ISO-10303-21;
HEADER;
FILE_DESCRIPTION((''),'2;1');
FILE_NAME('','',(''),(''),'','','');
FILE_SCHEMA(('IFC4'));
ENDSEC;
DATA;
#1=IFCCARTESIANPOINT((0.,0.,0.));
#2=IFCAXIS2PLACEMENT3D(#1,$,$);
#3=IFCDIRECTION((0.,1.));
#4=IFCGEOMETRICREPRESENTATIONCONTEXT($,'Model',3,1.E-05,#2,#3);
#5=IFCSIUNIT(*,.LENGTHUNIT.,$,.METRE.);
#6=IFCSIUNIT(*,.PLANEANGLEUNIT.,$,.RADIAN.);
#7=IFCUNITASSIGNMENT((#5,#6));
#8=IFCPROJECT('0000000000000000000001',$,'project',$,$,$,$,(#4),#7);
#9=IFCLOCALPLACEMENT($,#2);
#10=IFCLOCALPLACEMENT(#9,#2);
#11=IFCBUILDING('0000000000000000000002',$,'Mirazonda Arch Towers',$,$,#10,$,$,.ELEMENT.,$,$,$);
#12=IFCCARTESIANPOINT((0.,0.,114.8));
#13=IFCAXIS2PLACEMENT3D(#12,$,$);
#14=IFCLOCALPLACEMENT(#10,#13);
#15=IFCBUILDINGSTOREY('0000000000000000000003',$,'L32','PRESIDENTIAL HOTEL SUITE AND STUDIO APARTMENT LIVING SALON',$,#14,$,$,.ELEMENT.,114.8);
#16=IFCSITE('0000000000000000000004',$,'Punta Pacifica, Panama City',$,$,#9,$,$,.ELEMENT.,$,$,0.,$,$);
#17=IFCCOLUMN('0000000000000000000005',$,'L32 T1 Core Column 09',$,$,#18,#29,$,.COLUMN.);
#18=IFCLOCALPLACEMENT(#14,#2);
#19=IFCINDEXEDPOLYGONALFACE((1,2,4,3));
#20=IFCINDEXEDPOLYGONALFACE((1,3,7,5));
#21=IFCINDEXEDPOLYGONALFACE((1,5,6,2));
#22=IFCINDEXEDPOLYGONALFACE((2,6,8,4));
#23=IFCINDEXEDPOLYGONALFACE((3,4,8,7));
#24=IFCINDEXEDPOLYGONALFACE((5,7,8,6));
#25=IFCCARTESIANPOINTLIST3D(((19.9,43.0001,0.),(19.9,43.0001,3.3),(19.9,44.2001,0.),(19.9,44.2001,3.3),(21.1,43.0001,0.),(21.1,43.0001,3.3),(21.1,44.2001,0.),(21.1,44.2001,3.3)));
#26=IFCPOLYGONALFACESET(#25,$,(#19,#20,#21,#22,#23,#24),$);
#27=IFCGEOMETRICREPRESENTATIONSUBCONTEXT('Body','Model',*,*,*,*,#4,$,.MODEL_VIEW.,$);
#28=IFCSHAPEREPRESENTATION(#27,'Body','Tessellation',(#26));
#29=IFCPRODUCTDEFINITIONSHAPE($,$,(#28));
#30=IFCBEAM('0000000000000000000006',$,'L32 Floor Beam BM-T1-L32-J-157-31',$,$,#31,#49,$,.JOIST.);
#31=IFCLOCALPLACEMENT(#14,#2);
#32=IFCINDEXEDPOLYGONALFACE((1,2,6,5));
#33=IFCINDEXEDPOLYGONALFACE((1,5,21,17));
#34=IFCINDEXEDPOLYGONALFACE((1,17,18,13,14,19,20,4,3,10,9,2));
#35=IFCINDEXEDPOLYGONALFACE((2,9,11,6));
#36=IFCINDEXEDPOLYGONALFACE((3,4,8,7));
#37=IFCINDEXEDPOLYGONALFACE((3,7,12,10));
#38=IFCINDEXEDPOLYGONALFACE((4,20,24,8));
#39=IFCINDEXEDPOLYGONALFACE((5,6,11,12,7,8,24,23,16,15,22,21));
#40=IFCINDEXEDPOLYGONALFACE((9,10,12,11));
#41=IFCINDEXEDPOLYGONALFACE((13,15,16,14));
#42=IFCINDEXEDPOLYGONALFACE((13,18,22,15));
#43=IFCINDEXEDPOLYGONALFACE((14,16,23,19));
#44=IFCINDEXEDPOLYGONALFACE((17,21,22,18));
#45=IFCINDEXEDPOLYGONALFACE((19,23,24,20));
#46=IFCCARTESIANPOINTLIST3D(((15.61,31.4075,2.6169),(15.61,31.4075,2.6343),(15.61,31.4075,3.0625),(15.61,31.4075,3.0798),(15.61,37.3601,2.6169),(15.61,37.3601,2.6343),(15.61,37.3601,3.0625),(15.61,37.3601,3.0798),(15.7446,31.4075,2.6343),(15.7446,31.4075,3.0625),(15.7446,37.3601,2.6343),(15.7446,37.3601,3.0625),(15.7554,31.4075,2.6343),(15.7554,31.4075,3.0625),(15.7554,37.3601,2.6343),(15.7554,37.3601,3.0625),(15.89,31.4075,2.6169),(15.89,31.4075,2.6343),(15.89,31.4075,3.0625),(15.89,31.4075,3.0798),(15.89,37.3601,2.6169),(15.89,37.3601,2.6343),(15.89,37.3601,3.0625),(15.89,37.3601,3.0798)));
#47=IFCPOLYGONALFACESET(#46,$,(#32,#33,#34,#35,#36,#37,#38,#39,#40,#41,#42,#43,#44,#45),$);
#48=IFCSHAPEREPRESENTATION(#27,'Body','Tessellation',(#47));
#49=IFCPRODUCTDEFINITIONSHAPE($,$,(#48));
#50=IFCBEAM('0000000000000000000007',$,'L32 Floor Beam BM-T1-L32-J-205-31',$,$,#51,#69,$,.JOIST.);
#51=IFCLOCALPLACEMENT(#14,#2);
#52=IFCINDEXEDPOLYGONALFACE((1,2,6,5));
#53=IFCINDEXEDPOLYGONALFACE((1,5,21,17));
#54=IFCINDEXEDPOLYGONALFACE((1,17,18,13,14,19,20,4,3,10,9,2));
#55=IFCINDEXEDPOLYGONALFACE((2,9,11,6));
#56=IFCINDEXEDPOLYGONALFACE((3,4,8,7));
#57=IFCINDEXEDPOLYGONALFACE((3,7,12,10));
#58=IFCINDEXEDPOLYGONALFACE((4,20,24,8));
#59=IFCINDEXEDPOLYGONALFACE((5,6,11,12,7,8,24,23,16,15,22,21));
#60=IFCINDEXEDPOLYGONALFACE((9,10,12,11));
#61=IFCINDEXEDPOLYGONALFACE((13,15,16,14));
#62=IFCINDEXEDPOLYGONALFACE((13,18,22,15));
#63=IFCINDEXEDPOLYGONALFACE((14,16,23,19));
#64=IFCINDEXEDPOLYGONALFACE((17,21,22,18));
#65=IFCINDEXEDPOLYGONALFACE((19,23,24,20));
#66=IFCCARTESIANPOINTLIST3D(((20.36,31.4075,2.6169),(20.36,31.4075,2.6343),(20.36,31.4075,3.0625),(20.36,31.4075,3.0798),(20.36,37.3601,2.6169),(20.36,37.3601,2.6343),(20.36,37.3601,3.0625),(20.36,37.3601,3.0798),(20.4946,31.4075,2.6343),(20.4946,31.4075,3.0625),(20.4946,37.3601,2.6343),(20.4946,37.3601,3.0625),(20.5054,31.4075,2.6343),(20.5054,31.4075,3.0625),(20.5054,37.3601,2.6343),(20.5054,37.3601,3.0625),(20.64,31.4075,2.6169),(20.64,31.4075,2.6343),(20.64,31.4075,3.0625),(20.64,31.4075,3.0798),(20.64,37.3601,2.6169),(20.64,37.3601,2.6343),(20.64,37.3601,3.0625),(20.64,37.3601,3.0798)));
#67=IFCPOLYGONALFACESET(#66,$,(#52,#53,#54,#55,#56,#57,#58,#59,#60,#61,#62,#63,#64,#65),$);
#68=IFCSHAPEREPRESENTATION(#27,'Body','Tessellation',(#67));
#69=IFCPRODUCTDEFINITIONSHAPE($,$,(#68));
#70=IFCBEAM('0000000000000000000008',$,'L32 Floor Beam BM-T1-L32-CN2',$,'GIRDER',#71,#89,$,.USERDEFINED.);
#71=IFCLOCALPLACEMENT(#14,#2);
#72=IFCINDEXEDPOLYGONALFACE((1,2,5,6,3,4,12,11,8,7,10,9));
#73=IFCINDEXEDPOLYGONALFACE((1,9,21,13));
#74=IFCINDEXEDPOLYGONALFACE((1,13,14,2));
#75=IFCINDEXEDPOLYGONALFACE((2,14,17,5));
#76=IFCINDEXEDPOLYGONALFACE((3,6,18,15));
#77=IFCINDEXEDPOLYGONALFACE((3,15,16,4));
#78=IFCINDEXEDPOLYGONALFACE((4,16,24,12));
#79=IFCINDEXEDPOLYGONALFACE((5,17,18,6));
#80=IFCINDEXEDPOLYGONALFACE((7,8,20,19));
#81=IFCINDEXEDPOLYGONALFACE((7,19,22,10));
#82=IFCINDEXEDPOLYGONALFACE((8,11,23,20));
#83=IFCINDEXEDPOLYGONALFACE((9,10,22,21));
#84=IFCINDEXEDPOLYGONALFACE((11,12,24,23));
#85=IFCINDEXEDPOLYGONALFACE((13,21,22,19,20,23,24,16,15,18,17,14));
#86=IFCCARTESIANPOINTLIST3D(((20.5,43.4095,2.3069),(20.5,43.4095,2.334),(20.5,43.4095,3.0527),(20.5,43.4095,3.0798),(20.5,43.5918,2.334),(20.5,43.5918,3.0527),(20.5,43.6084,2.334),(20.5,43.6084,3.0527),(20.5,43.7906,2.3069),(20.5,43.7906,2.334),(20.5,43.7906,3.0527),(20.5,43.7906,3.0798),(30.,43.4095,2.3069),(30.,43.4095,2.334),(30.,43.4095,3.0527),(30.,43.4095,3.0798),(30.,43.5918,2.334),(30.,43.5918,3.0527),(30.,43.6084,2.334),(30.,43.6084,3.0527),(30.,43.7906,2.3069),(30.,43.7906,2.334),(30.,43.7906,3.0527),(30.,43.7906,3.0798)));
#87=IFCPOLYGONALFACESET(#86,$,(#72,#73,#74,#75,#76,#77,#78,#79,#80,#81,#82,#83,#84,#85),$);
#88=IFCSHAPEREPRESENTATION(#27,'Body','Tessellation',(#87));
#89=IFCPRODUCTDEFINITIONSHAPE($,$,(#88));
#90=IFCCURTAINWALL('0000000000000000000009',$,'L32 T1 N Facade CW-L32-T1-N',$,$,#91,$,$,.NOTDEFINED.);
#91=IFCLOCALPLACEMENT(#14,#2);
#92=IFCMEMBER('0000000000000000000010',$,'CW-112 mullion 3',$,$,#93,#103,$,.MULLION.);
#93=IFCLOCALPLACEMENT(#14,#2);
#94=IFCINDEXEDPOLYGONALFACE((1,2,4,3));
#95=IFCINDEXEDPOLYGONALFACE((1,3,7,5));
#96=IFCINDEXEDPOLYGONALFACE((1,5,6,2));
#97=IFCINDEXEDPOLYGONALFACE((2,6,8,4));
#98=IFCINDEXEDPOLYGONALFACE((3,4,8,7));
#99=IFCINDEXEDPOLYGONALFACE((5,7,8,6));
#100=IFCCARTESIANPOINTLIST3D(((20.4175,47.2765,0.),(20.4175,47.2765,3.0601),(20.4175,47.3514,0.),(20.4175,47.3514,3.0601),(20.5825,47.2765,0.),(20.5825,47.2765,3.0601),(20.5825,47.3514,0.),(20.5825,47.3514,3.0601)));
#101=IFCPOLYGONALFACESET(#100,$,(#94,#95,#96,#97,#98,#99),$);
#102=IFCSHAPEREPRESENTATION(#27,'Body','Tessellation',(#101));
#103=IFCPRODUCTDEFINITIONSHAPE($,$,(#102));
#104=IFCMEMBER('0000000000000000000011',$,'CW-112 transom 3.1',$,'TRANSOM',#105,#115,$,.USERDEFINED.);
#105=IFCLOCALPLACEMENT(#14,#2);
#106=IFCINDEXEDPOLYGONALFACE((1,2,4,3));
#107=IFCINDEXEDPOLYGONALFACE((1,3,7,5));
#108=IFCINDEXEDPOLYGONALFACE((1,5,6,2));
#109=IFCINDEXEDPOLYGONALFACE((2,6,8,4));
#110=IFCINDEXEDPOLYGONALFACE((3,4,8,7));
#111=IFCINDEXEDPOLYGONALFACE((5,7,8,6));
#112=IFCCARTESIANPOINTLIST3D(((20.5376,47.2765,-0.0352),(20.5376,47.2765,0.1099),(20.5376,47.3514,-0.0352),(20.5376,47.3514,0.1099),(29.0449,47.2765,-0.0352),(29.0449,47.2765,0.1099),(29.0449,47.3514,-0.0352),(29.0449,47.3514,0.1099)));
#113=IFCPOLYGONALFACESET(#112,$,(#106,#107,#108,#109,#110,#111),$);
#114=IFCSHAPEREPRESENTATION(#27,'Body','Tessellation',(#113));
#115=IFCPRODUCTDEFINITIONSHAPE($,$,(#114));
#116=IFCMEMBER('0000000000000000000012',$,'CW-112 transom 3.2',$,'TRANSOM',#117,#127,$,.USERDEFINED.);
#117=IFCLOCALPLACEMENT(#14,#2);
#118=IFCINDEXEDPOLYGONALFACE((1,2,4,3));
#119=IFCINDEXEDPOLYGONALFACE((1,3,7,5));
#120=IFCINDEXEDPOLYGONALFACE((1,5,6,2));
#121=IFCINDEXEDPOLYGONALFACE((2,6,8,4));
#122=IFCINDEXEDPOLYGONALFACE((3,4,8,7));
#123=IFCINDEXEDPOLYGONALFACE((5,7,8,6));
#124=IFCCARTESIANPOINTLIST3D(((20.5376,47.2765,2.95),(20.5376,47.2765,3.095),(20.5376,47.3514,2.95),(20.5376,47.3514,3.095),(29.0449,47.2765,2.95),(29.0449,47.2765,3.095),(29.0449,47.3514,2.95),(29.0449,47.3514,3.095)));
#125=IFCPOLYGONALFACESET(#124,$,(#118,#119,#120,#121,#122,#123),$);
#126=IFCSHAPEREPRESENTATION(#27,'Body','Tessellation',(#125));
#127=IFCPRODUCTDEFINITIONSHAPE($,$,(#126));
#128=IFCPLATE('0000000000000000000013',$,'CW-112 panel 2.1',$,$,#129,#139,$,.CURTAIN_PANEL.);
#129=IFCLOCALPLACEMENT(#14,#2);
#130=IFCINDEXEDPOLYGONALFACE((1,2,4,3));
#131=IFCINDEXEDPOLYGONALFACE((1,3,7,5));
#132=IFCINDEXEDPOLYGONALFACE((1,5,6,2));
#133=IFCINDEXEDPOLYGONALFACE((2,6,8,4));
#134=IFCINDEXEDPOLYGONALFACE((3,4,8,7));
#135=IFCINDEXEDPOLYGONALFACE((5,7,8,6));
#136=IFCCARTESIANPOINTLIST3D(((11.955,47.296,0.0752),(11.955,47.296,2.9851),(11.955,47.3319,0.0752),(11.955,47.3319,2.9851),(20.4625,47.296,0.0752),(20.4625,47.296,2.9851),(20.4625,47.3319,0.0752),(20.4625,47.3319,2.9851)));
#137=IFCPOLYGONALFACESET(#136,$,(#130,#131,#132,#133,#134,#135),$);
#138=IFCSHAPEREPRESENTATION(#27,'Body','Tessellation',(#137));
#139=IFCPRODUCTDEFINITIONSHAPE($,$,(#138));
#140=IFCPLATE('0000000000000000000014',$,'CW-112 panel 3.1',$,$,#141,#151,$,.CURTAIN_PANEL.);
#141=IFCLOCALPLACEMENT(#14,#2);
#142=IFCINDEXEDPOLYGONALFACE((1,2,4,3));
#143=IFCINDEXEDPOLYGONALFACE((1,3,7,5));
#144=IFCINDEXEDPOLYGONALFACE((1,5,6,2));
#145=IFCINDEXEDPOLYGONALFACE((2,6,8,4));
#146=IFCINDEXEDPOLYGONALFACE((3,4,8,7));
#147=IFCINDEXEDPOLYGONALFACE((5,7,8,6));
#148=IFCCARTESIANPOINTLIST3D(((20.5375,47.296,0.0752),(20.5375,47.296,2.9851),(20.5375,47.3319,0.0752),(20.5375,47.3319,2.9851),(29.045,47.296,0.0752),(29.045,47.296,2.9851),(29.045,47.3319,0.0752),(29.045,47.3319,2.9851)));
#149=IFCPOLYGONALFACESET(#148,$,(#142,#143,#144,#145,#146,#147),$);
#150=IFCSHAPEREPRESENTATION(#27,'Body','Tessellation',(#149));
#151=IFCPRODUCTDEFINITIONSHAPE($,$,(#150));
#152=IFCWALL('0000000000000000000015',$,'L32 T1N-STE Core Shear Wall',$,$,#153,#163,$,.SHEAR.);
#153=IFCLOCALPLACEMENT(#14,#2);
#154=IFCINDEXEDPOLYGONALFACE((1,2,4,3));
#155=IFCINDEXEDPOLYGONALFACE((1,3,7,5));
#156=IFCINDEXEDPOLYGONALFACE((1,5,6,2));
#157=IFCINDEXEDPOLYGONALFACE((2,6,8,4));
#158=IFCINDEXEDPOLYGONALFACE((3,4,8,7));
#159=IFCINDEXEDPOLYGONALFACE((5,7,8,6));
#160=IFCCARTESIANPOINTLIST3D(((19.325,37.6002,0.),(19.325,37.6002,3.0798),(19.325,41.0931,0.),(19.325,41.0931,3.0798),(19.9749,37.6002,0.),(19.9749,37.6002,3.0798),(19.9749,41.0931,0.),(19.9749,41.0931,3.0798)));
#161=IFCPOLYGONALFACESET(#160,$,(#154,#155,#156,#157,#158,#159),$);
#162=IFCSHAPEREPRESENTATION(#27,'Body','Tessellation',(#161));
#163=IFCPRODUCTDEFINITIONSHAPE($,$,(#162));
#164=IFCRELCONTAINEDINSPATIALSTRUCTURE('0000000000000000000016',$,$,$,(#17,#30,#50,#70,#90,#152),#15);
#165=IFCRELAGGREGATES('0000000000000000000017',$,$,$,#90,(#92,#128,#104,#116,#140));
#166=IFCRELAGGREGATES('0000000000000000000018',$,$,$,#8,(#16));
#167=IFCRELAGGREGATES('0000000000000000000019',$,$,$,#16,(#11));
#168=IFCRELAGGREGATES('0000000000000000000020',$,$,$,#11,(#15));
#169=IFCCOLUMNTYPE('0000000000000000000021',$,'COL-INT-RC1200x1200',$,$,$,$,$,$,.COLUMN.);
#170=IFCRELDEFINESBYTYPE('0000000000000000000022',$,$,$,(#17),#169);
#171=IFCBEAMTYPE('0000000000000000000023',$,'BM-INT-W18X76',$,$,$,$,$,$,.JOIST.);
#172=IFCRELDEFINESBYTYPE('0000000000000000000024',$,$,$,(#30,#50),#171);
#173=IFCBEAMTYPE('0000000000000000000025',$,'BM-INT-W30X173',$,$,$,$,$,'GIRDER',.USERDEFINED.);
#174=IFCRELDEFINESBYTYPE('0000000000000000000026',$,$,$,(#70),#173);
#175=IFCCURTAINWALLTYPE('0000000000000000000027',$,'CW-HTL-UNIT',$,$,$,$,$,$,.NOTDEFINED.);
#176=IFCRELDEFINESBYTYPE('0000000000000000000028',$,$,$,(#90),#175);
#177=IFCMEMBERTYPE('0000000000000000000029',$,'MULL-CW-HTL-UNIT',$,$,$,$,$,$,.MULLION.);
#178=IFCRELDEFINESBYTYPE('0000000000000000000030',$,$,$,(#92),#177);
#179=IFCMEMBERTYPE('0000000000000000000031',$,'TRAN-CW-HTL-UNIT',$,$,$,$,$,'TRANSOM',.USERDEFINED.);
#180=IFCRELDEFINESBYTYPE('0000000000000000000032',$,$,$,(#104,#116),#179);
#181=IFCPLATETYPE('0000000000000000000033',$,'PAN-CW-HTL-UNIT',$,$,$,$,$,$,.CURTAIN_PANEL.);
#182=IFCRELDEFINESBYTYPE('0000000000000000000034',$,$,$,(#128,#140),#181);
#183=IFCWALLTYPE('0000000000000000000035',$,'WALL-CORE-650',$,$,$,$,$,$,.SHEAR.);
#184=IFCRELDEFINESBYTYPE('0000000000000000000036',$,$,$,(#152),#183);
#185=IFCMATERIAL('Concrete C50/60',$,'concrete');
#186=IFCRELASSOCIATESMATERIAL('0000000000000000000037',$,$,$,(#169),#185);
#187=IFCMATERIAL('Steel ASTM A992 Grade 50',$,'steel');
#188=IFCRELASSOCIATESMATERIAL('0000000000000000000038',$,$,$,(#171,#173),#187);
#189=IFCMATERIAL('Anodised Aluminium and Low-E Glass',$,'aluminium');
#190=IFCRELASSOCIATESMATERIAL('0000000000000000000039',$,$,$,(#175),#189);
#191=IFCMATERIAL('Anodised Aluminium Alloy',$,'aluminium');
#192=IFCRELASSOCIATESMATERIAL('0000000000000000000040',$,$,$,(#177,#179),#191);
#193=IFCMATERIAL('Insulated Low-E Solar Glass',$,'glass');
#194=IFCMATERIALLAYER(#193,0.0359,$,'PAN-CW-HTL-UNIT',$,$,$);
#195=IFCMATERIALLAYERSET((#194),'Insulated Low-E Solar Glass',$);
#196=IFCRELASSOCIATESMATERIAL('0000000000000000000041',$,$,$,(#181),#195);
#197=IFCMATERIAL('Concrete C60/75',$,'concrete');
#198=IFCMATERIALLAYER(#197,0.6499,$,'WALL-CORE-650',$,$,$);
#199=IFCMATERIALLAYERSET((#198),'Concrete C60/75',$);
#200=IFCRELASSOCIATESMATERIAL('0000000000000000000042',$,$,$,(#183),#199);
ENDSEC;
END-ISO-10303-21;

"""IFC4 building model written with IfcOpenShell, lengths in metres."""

from ifc_helpers import new_model, si_unit, direction, frame, frame_2d, origin, origin_2d, place, context, subcontext, project, spatial, rectangle, i_section, extrude, material, layer, layer_set, material_profile, profile_set, type_object, element, aggregate, save


model = new_model("IFC4")

# Units and contexts
model_context = context("Model", 3, precision=1e-05, world=origin(), true_north=direction((0.0, 1.0)))
body_context = subcontext(model_context, "Body", "Model", "MODEL_VIEW")
ifc_project = project(units=[si_unit("LENGTHUNIT", "METRE"), si_unit("PLANEANGLEUNIT", "RADIAN")], contexts=[model_context])

# Site, building, storey
site_placement = place(None, origin())
site = spatial("IfcSite", under=ifc_project, at=site_placement, Name="Punta Pacifica, Panama City", CompositionType="ELEMENT", RefElevation=0.0)
building_placement = place(site_placement, origin())
building = spatial("IfcBuilding", under=site, at=building_placement, Name="Mirazonda Arch Towers", CompositionType="ELEMENT")
storey_placement = place(building_placement, frame((0.0, 0.0, 114.8)))
storey = spatial("IfcBuildingStorey", under=building, at=storey_placement, Name="L32", Description="PRESIDENTIAL HOTEL SUITE AND STUDIO APARTMENT LIVING SALON", CompositionType="ELEMENT", Elevation=114.8)

# Column
ifc_material_1 = material(Name="Concrete C50/60", Category="concrete")
ifc_material_profile_1 = material_profile(ifc_material_1, rectangle(XDim=1.2, YDim=1.2, at=origin_2d()), Name="RC1200x1200")
ifc_profile_set_1 = profile_set([ifc_material_profile_1], Name="Concrete C50/60")
column_type = type_object("IfcColumnType", Name="COL-INT-RC1200x1200", PredefinedType="COLUMN", material=ifc_profile_set_1)
column_placement = place(storey_placement, frame((20.5, 43.6001, 0.0), z_axis=(0.0, 0.0, 1.0), x_axis=(1.0, 0.0, 0.0)))
element("IfcColumn", 1, at=column_placement, inside=storey, type_object=column_type, Name="L32 T1 Core Column 09", PredefinedType="COLUMN", context=body_context, shape_type="SweptSolid", body=[
    extrude(rectangle(XDim=1.2, YDim=1.2, at=origin_2d()), origin(), (0.0, 0.0, 1.0), 3.3),
])

# Beams
ifc_material_2 = material(Name="Steel ASTM A992 Grade 50", Category="steel")
ifc_material_profile_2 = material_profile(ifc_material_2, i_section(OverallWidth=0.28, OverallDepth=0.4629, WebThickness=0.0107, FlangeThickness=0.0173, at=origin_2d()), Name="W18X76")
ifc_profile_set_2 = profile_set([ifc_material_profile_2], Name="Steel ASTM A992 Grade 50")
beam_type_1 = type_object("IfcBeamType", Name="BM-INT-W18X76", PredefinedType="JOIST", material=ifc_profile_set_2)
for number, where, z_axis, x_axis, name in (
    (2, (15.75, 31.4075, 2.8484), (0.0, 1.0, 0.0), (-1.0, 0.0, 0.0), "L32 Floor Beam BM-T1-L32-J-157-31"),
    (3, (20.5, 31.4075, 2.8484), (0.0, 1.0, 0.0), (-1.0, 0.0, 0.0), "L32 Floor Beam BM-T1-L32-J-205-31"),
):
    element("IfcBeam", number, at=place(storey_placement, frame(where, z_axis=z_axis, x_axis=x_axis)), inside=storey, type_object=beam_type_1, Name=name, PredefinedType="JOIST", context=body_context, shape_type="SweptSolid", body=[
        extrude(i_section(OverallWidth=0.28, OverallDepth=0.4629, WebThickness=0.0107, FlangeThickness=0.0173, at=origin_2d()), origin(), (0.0, 0.0, 1.0), 5.9526),
    ])
ifc_material_profile_3 = material_profile(ifc_material_2, i_section(OverallWidth=0.3811, OverallDepth=0.7729, WebThickness=0.0166, FlangeThickness=0.0271, at=origin_2d()), Name="W30X173")
ifc_profile_set_3 = profile_set([ifc_material_profile_3], Name="Steel ASTM A992 Grade 50")
beam_type_2 = type_object("IfcBeamType", Name="BM-INT-W30X173", ElementType="GIRDER", PredefinedType="USERDEFINED", material=ifc_profile_set_3)
beam_placement = place(storey_placement, frame((20.5, 43.6001, 2.6934), z_axis=(1.0, 0.0, 0.0), x_axis=(0.0, 1.0, 0.0)))
element("IfcBeam", 4, at=beam_placement, inside=storey, type_object=beam_type_2, Name="L32 Floor Beam BM-T1-L32-CN2", ObjectType="GIRDER", PredefinedType="USERDEFINED", context=body_context, shape_type="SweptSolid", body=[
    extrude(i_section(OverallWidth=0.3811, OverallDepth=0.7729, WebThickness=0.0166, FlangeThickness=0.0271, at=origin_2d()), origin(), (0.0, 0.0, 1.0), 9.5),
])

# Curtain wall, members, plates
ifc_material_3 = material(Name="Anodised Aluminium and Low-E Glass", Category="aluminium")
curtain_wall_type = type_object("IfcCurtainWallType", Name="CW-HTL-UNIT", PredefinedType="NOTDEFINED", material=ifc_material_3)
curtain_wall_placement = place(storey_placement, origin())
curtain_wall = element("IfcCurtainWall", 5, at=curtain_wall_placement, inside=storey, type_object=curtain_wall_type, Name="L32 T1 N Facade CW-L32-T1-N", PredefinedType="NOTDEFINED")
ifc_material_4 = material(Name="Anodised Aluminium Alloy", Category="aluminium")
ifc_material_profile_4 = material_profile(ifc_material_4, rectangle(XDim=0.075, YDim=0.165, at=origin_2d()), Name="ALU-MULL-75x165")
ifc_profile_set_4 = profile_set([ifc_material_profile_4], Name="Anodised Aluminium Alloy")
member_type_1 = type_object("IfcMemberType", Name="MULL-CW-HTL-UNIT", PredefinedType="MULLION", material=ifc_profile_set_4)
member_1_placement = place(storey_placement, frame((20.5, 47.314, 0.0), z_axis=(0.0, 0.0, 1.0), x_axis=(0.0, 1.0, 0.0)))
member_1 = element("IfcMember", 6, at=member_1_placement, type_object=member_type_1, Name="CW-112 mullion 3", PredefinedType="MULLION", context=body_context, shape_type="SweptSolid", body=[
    extrude(rectangle(XDim=0.075, YDim=0.165, at=origin_2d()), origin(), (0.0, 0.0, 1.0), 3.0601),
])
ifc_material_profile_5 = material_profile(ifc_material_4, rectangle(XDim=0.075, YDim=0.145, at=origin_2d()), Name="ALU-TRAN-75x145")
ifc_profile_set_5 = profile_set([ifc_material_profile_5], Name="Anodised Aluminium Alloy")
member_type_2 = type_object("IfcMemberType", Name="TRAN-CW-HTL-UNIT", ElementType="TRANSOM", PredefinedType="USERDEFINED", material=ifc_profile_set_5)
member_2_placement = place(storey_placement, frame((20.5376, 47.314, 0.0374), z_axis=(1.0, 0.0, 0.0), x_axis=(0.0, 1.0, 0.0)))
member_2 = element("IfcMember", 7, at=member_2_placement, type_object=member_type_2, Name="CW-112 transom 3.1", ObjectType="TRANSOM", PredefinedType="USERDEFINED", context=body_context, shape_type="SweptSolid", body=[
    extrude(rectangle(XDim=0.075, YDim=0.145, at=origin_2d()), origin(), (0.0, 0.0, 1.0), 8.5073),
])
member_3_placement = place(storey_placement, frame((20.5376, 47.314, 3.0225), z_axis=(1.0, 0.0, 0.0), x_axis=(0.0, 1.0, 0.0)))
member_3 = element("IfcMember", 8, at=member_3_placement, type_object=member_type_2, Name="CW-112 transom 3.2", ObjectType="TRANSOM", PredefinedType="USERDEFINED", context=body_context, shape_type="SweptSolid", body=[
    extrude(rectangle(XDim=0.075, YDim=0.145, at=origin_2d()), origin(), (0.0, 0.0, 1.0), 8.5073),
])
ifc_material_5 = material(Name="Insulated Low-E Solar Glass", Category="glass")
ifc_layer_1 = layer(ifc_material_5, 0.0359, Name="PAN-CW-HTL-UNIT")
ifc_layer_set_1 = layer_set([ifc_layer_1], Name="Insulated Low-E Solar Glass")
plate_type = type_object("IfcPlateType", Name="PAN-CW-HTL-UNIT", PredefinedType="CURTAIN_PANEL", material=ifc_layer_set_1)
plate_1_placement = place(storey_placement, frame((16.2087, 47.314, 0.0752), z_axis=(0.0, 0.0, 1.0), x_axis=(1.0, 0.0, 0.0)))
plate_1 = element("IfcPlate", 9, at=plate_1_placement, type_object=plate_type, Name="CW-112 panel 2.1", PredefinedType="CURTAIN_PANEL", context=body_context, shape_type="SweptSolid", body=[
    extrude(rectangle(XDim=8.5076, YDim=0.0359, at=origin_2d()), origin(), (0.0, 0.0, 1.0), 2.9099),
])
plate_2_placement = place(storey_placement, frame((24.7913, 47.314, 0.0752), z_axis=(0.0, 0.0, 1.0), x_axis=(1.0, 0.0, 0.0)))
plate_2 = element("IfcPlate", 10, at=plate_2_placement, type_object=plate_type, Name="CW-112 panel 3.1", PredefinedType="CURTAIN_PANEL", context=body_context, shape_type="SweptSolid", body=[
    extrude(rectangle(XDim=8.5076, YDim=0.0359, at=origin_2d()), origin(), (0.0, 0.0, 1.0), 2.9099),
])
aggregate(curtain_wall, [member_1, plate_1, member_2, member_3, plate_2])

# Wall
ifc_material_6 = material(Name="Concrete C60/75", Category="concrete")
ifc_layer_2 = layer(ifc_material_6, 0.6499, Name="WALL-CORE-650")
ifc_layer_set_2 = layer_set([ifc_layer_2], Name="Concrete C60/75")
wall_type_1 = type_object("IfcWallType", Name="WALL-CORE-650", PredefinedType="SHEAR", material=ifc_layer_set_2)
wall_1_placement = place(storey_placement, frame((19.6499, 37.6001, 0.0), z_axis=(0.0, 0.0, 1.0), x_axis=(0.0, 1.0, 0.0)))
element("IfcWall", 11, at=wall_1_placement, inside=storey, type_object=wall_type_1, Name="L32 T1N-STE Core Shear Wall", PredefinedType="SHEAR", context=body_context, shape_type="SweptSolid", body=[
    extrude(rectangle(XDim=3.4929, YDim=0.6499, at=frame_2d((1.7466, 0.0))), origin(), (0.0, 0.0, 1.0), 3.0798),
])

save(model, "model.ifc")
